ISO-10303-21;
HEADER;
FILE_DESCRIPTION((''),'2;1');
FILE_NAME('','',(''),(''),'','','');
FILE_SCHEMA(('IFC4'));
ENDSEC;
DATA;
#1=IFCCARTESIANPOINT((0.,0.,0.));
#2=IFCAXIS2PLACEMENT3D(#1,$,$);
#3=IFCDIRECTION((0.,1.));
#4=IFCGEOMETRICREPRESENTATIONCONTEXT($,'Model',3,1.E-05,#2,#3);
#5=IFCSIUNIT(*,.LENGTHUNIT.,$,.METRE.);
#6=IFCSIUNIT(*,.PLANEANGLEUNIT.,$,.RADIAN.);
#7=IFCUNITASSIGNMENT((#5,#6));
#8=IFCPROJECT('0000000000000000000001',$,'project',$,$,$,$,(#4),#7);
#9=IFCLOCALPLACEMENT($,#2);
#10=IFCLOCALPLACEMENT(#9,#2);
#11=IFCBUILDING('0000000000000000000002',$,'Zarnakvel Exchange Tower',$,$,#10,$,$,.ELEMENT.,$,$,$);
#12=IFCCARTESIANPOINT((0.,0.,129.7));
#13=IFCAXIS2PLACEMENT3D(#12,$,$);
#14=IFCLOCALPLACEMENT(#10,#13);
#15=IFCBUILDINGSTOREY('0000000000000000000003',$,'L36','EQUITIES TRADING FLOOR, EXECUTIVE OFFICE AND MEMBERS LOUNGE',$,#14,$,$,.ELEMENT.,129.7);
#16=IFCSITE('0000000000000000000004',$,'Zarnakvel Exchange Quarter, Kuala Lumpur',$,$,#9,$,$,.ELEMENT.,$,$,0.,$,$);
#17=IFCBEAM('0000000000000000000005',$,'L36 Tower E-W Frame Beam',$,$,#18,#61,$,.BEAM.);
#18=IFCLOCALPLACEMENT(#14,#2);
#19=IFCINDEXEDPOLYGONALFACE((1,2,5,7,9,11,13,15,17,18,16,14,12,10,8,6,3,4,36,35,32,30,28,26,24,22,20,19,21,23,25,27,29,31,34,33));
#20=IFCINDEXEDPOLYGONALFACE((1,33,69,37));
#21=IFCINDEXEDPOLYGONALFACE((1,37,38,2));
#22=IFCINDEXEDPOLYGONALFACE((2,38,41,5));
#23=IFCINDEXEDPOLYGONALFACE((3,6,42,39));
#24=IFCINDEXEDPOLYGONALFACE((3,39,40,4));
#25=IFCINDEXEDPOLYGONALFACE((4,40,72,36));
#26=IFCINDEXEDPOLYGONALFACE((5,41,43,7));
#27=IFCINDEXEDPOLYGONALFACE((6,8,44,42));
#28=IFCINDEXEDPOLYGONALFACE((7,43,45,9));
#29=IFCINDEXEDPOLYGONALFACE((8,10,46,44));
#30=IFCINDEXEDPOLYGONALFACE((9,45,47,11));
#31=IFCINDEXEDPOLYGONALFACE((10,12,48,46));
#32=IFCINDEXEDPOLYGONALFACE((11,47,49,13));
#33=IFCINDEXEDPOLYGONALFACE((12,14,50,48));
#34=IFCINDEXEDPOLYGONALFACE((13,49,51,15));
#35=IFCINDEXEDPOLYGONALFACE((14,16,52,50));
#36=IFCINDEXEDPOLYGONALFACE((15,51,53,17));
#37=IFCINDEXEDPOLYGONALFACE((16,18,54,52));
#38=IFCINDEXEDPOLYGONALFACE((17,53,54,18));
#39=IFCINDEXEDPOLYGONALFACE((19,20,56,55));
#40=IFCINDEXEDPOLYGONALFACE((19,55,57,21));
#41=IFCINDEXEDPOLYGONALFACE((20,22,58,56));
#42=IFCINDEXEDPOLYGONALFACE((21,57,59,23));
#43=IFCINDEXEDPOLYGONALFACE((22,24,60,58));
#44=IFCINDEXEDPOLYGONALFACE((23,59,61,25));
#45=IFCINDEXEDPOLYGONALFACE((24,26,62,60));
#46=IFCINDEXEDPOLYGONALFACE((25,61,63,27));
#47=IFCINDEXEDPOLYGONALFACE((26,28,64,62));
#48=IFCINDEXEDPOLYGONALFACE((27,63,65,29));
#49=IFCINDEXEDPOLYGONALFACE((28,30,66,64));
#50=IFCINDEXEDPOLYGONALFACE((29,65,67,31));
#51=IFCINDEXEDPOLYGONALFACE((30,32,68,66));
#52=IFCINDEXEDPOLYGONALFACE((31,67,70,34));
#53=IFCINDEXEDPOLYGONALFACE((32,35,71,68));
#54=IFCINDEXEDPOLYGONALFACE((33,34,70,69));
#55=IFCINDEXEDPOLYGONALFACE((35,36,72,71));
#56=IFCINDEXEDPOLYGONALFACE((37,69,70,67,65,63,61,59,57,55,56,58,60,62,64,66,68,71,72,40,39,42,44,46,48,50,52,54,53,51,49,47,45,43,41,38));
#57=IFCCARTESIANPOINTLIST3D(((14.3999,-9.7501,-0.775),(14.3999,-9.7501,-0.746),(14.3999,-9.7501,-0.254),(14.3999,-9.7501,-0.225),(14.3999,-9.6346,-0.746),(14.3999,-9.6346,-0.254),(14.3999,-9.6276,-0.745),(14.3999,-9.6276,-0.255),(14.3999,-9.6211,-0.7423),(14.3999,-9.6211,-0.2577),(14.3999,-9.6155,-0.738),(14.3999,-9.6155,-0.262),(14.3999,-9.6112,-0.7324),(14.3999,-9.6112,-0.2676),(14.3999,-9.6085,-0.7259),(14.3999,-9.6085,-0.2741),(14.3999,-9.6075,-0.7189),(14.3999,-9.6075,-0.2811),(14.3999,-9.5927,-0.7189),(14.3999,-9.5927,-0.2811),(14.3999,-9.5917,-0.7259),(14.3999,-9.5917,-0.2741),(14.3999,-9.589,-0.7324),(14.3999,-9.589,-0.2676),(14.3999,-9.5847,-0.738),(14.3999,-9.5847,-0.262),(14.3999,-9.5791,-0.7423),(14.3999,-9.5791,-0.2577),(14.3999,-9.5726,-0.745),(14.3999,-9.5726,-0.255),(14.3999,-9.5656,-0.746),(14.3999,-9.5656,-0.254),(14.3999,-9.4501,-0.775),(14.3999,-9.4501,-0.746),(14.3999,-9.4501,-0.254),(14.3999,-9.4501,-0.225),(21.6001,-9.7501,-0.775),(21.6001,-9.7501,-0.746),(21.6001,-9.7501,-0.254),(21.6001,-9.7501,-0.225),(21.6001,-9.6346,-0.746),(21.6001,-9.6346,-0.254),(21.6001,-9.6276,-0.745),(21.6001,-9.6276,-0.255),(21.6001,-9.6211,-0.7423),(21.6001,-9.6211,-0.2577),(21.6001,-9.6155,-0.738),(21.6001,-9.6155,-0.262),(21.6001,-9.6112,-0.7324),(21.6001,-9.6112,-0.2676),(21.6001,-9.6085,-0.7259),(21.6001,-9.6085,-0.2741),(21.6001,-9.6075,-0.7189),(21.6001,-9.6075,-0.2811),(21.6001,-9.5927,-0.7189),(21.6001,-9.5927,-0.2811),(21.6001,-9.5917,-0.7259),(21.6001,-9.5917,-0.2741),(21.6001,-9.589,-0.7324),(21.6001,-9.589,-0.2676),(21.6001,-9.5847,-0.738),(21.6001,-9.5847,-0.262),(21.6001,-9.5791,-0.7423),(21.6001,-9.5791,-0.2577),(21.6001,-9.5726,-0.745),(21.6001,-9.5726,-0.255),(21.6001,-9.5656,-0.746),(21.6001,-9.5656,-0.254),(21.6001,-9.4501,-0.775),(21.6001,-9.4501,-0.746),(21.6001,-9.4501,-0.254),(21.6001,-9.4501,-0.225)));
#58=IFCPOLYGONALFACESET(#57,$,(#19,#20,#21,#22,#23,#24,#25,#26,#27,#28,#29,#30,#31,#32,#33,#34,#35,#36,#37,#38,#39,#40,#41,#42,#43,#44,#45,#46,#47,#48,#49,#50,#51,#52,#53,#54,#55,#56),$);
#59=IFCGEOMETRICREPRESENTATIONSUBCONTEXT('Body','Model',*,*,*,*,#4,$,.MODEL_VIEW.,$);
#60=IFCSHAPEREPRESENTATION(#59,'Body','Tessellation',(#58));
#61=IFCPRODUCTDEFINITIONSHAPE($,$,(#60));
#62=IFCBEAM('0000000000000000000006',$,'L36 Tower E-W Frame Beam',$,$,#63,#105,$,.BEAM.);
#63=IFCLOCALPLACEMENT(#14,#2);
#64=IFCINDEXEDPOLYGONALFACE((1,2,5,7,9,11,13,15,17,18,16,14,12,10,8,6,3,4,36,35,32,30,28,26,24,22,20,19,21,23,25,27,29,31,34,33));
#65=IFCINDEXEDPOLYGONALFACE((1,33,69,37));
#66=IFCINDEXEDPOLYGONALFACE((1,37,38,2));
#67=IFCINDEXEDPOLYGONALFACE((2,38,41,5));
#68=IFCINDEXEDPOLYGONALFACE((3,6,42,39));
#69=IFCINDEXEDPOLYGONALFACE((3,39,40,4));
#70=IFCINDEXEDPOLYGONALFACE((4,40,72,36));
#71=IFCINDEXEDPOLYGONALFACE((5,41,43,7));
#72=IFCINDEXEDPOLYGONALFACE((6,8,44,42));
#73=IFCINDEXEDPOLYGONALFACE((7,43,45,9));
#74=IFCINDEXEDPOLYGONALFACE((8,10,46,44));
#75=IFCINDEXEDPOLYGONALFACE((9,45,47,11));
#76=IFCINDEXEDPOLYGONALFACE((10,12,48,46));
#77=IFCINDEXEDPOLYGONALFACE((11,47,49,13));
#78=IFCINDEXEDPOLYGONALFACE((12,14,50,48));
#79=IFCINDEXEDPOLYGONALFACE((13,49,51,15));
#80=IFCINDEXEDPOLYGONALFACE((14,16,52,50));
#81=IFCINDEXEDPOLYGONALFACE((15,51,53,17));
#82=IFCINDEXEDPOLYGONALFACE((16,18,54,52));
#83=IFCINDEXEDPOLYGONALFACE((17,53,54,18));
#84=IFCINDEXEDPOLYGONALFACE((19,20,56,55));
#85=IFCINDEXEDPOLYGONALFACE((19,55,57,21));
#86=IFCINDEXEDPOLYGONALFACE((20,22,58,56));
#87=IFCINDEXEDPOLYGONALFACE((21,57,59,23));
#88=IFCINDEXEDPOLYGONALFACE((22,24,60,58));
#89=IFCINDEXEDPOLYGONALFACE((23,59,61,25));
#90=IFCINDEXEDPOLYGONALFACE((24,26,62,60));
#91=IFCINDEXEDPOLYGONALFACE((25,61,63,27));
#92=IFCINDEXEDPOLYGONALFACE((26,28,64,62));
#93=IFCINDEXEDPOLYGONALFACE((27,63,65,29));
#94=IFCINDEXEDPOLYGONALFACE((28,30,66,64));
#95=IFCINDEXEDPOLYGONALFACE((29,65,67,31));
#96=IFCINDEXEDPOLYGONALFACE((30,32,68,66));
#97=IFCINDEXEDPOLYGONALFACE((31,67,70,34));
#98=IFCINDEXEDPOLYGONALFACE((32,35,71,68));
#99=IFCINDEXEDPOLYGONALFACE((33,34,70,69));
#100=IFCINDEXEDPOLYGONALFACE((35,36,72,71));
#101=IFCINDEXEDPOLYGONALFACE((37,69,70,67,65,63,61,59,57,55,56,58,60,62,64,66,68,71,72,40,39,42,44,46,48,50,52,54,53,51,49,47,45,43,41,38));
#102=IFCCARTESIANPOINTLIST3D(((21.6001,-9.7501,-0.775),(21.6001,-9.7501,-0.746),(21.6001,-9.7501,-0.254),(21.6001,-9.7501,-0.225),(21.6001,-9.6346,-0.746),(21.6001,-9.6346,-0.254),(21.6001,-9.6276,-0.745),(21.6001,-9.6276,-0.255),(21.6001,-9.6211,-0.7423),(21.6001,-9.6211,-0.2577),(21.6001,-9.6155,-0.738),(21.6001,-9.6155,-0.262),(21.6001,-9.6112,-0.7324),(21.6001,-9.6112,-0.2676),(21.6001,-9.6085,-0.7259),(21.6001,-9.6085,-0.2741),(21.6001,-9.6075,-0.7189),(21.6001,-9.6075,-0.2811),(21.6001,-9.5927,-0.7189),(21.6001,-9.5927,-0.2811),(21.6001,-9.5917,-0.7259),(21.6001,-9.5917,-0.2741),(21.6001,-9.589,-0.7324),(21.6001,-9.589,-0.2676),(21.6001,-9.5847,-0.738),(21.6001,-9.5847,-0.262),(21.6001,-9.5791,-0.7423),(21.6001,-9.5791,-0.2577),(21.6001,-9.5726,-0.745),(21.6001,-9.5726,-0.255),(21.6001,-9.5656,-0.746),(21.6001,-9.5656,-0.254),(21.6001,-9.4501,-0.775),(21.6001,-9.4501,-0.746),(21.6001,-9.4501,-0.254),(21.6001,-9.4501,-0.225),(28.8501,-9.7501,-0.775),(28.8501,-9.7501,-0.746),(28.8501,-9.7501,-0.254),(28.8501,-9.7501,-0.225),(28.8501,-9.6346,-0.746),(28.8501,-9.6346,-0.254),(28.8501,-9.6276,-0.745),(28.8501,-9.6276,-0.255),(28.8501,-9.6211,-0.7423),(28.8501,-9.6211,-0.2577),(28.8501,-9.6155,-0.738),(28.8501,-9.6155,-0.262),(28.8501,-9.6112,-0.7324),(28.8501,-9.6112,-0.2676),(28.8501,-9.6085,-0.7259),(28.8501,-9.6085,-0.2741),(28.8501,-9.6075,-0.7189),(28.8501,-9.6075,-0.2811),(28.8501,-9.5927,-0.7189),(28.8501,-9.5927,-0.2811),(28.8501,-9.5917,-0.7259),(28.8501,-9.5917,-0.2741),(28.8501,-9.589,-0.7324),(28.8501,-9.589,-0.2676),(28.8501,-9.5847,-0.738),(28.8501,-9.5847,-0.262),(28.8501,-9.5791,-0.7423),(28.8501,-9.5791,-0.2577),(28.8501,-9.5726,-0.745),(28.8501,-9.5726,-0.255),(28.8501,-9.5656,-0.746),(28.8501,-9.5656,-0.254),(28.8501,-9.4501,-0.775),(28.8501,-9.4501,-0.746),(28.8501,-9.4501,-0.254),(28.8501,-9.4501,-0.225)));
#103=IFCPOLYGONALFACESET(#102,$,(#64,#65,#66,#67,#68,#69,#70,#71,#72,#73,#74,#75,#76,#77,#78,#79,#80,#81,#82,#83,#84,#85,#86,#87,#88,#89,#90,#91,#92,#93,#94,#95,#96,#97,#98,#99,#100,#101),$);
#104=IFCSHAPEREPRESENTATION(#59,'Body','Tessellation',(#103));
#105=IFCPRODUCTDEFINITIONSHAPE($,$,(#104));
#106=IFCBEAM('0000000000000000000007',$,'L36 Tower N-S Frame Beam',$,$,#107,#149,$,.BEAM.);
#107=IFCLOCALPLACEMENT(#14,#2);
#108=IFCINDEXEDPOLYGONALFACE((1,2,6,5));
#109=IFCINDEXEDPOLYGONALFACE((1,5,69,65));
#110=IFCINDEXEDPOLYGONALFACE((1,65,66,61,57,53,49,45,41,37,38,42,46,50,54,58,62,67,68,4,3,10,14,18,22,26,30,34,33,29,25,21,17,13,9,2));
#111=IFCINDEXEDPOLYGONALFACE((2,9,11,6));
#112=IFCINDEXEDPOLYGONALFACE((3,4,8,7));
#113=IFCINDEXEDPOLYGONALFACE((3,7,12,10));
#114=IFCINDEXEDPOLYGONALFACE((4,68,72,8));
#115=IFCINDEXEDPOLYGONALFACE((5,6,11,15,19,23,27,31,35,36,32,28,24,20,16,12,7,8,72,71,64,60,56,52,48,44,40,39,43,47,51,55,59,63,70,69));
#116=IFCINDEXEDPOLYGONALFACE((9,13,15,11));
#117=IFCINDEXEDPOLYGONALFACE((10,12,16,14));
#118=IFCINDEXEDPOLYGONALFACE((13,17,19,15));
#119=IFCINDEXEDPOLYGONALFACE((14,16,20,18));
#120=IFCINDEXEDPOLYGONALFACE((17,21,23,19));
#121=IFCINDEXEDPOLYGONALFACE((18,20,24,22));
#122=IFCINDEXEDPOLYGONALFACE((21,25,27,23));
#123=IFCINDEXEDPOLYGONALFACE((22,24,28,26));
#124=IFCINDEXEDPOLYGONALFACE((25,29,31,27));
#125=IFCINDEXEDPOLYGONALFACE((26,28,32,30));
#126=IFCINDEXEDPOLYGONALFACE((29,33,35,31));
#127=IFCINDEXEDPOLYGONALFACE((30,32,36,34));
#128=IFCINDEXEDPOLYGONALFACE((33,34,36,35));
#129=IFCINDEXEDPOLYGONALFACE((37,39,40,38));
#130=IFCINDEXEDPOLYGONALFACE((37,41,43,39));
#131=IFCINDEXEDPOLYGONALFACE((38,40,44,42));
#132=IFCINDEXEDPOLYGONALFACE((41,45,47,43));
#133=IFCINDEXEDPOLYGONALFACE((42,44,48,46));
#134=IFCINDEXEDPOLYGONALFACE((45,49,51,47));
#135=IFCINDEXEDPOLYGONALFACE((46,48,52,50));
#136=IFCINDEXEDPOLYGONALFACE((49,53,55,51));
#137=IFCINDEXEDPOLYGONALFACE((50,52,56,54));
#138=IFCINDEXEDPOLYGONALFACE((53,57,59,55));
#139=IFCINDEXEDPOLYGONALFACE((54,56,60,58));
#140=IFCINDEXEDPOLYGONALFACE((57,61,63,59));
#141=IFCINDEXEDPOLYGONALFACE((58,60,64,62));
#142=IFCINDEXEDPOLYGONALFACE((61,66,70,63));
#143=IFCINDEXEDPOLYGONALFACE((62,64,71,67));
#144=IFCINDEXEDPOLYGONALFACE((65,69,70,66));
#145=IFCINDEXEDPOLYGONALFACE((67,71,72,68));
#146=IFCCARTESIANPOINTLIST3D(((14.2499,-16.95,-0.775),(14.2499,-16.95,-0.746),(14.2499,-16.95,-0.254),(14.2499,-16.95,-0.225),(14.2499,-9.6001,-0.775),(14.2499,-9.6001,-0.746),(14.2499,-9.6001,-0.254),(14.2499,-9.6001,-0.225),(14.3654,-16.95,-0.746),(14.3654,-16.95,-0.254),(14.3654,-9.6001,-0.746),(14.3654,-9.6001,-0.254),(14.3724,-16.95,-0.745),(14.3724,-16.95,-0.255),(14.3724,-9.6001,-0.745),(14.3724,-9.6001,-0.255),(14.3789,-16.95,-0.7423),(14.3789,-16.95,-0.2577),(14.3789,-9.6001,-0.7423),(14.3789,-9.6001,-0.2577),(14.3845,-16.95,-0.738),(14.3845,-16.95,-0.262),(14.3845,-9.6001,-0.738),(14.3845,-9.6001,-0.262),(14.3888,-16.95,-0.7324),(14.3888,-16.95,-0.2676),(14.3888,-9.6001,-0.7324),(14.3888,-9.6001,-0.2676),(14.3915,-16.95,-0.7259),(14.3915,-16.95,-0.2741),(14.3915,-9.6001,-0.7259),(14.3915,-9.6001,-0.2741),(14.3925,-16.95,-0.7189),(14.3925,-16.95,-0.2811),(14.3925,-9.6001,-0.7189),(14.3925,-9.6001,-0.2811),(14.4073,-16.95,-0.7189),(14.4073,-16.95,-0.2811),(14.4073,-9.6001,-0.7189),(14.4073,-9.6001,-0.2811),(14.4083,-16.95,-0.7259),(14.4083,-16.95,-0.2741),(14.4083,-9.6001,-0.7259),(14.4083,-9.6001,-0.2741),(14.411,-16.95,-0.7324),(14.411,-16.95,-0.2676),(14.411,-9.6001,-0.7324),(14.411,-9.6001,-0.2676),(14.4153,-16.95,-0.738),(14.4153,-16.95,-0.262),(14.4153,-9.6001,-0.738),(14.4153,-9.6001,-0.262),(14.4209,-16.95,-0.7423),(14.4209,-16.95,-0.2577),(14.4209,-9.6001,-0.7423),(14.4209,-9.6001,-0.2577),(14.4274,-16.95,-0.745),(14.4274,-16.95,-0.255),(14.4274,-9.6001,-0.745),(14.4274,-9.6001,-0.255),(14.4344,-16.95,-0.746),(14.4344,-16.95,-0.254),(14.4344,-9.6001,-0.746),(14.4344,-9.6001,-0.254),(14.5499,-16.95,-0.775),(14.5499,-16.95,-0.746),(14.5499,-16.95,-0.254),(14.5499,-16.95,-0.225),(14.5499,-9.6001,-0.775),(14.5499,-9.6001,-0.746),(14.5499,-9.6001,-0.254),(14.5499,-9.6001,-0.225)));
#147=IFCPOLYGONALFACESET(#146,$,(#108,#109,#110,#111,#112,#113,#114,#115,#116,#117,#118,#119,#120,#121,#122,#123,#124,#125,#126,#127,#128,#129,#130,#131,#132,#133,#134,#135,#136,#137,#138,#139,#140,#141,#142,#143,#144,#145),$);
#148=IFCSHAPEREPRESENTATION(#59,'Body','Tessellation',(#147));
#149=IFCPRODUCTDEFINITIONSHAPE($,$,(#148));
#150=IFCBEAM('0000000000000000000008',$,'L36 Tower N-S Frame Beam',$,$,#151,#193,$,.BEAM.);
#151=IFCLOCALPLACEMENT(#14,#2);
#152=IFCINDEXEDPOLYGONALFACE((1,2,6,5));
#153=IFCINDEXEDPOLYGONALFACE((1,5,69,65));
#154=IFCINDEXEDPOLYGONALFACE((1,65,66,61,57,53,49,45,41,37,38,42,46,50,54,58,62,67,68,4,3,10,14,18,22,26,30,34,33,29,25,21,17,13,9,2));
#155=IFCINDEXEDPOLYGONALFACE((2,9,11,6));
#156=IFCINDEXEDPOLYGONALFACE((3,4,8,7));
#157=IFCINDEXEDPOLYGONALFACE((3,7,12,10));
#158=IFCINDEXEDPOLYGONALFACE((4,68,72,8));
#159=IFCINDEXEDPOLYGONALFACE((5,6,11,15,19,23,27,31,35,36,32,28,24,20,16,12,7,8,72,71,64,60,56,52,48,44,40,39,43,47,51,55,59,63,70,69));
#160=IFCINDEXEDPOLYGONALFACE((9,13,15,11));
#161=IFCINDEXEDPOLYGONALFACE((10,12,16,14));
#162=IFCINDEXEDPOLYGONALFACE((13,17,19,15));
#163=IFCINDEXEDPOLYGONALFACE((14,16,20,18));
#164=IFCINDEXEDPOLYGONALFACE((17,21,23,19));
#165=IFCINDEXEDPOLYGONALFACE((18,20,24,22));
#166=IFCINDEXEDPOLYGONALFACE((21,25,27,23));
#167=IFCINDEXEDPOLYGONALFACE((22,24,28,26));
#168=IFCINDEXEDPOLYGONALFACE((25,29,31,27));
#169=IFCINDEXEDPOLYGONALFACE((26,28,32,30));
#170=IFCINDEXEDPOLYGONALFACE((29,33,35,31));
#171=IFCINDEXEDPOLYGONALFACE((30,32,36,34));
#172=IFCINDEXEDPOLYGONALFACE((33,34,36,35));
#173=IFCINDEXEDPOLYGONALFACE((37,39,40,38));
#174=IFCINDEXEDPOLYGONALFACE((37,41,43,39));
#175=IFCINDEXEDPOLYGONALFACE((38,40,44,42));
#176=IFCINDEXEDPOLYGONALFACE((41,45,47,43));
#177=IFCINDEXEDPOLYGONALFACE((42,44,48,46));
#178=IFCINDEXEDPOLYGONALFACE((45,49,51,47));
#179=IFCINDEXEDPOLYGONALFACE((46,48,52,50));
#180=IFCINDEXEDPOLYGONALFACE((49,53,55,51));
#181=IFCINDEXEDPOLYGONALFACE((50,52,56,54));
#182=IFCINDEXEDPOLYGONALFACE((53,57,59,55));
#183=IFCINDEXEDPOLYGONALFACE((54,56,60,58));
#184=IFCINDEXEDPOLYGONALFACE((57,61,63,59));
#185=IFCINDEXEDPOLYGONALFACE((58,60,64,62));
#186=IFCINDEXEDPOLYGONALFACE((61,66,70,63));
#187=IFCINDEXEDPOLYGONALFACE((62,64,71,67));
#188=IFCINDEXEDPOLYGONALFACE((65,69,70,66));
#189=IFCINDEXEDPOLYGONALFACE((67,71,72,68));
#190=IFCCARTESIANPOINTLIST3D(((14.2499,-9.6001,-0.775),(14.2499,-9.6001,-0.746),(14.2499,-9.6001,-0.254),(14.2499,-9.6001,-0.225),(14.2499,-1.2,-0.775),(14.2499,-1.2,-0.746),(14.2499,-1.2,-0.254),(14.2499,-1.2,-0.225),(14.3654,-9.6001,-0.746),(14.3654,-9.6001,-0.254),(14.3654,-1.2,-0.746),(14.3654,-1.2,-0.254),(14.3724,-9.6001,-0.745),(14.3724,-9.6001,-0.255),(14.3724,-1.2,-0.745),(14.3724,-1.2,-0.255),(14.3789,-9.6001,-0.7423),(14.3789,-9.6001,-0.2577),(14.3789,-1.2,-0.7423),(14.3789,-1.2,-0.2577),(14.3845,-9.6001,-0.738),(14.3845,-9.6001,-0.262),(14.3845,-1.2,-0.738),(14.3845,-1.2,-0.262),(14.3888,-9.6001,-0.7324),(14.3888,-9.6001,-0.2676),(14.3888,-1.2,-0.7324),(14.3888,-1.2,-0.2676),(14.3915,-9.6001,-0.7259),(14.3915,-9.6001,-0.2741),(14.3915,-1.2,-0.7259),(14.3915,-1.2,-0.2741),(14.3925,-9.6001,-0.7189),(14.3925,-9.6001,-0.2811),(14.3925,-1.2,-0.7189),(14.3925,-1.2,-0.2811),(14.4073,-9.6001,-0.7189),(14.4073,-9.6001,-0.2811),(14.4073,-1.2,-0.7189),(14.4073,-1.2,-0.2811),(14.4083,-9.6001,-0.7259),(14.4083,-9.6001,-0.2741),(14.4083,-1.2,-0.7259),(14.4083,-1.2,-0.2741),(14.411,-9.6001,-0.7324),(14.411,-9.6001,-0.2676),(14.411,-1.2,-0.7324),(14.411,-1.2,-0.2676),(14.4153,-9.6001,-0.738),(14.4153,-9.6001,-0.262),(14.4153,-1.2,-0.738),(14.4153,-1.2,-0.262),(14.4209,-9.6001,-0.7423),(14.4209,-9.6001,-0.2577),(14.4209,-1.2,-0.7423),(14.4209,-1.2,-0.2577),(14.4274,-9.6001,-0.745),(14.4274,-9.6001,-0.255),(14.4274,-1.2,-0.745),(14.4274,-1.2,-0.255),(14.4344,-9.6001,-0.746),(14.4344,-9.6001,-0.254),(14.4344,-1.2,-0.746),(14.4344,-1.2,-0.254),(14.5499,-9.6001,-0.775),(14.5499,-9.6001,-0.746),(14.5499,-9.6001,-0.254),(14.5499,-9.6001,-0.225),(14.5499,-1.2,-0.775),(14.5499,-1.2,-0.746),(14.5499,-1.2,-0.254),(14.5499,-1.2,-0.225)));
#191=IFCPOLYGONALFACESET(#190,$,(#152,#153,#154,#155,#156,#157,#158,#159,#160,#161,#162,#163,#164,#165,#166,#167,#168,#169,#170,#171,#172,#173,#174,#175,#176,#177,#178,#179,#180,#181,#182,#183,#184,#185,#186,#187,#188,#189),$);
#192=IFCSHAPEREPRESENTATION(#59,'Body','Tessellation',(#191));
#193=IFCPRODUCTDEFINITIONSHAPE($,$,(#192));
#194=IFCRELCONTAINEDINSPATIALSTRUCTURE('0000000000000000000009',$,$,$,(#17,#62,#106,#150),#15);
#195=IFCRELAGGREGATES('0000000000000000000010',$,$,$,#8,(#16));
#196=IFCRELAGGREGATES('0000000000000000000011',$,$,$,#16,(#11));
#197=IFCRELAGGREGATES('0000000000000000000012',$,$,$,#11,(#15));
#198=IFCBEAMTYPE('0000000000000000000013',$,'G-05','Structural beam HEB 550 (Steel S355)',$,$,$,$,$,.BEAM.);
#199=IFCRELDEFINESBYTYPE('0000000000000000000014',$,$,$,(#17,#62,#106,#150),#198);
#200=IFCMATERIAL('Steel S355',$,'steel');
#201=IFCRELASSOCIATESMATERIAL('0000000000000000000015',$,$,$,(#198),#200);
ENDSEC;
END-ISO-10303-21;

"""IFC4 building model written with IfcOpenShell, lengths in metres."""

from ifc_helpers import new_model, si_unit, direction, frame, origin, origin_2d, place, context, subcontext, project, spatial, i_section, extrude, material, material_profile, profile_set, type_object, element, save


model = new_model("IFC4")

# Units and contexts
model_context = context("Model", 3, precision=1e-05, world=origin(), true_north=direction((0.0, 1.0)))
body_context = subcontext(model_context, "Body", "Model", "MODEL_VIEW")
ifc_project = project(units=[si_unit("LENGTHUNIT", "METRE"), si_unit("PLANEANGLEUNIT", "RADIAN")], contexts=[model_context])

# Site, building, storey
site_placement = place(None, origin())
site = spatial("IfcSite", under=ifc_project, at=site_placement, Name="Zarnakvel Exchange Quarter, Kuala Lumpur", CompositionType="ELEMENT", RefElevation=0.0)
building_placement = place(site_placement, origin())
building = spatial("IfcBuilding", under=site, at=building_placement, Name="Zarnakvel Exchange Tower", CompositionType="ELEMENT")
storey_placement = place(building_placement, frame((0.0, 0.0, 129.7)))
storey = spatial("IfcBuildingStorey", under=building, at=storey_placement, Name="L36", Description="EQUITIES TRADING FLOOR, EXECUTIVE OFFICE AND MEMBERS LOUNGE", CompositionType="ELEMENT", Elevation=129.7)

# Shared definitions
ifc_material_1 = material(Name="Steel S355", Category="steel")

# Beams
ifc_material_profile_1 = material_profile(ifc_material_1, i_section(OverallWidth=0.3, OverallDepth=0.55, WebThickness=0.0149, FlangeThickness=0.0291, FilletRadius=0.0271, at=origin_2d()))
ifc_profile_set_1 = profile_set([ifc_material_profile_1], Name="Steel S355")
beam_type_1 = type_object("IfcBeamType", Name="G-05", Description="Structural beam HEB 550 (Steel S355)", PredefinedType="BEAM", material=ifc_profile_set_1)
beam_1_placement = place(storey_placement, frame((14.3999, -9.6001, -0.5), z_axis=(1.0, 0.0, 0.0), x_axis=(0.0, 1.0, 0.0)))
element("IfcBeam", 1, at=beam_1_placement, inside=storey, type_object=beam_type_1, Name="L36 Tower E-W Frame Beam", PredefinedType="BEAM", context=body_context, shape_type="SweptSolid", body=[
    extrude(i_section(OverallWidth=0.3, OverallDepth=0.55, WebThickness=0.0149, FlangeThickness=0.0291, FilletRadius=0.0271, at=origin_2d()), origin(), (0.0, 0.0, 1.0), 7.2002),
])
beam_2_placement = place(storey_placement, frame((21.6001, -9.6001, -0.5), z_axis=(1.0, 0.0, 0.0), x_axis=(0.0, 1.0, 0.0)))
element("IfcBeam", 2, at=beam_2_placement, inside=storey, type_object=beam_type_1, Name="L36 Tower E-W Frame Beam", PredefinedType="BEAM", context=body_context, shape_type="SweptSolid", body=[
    extrude(i_section(OverallWidth=0.3, OverallDepth=0.55, WebThickness=0.0149, FlangeThickness=0.0291, FilletRadius=0.0271, at=origin_2d()), origin(), (0.0, 0.0, 1.0), 7.25),
])
beam_3_placement = place(storey_placement, frame((14.3999, -16.95, -0.5), z_axis=(0.0, 1.0, 0.0), x_axis=(-1.0, 0.0, 0.0)))
element("IfcBeam", 3, at=beam_3_placement, inside=storey, type_object=beam_type_1, Name="L36 Tower N-S Frame Beam", PredefinedType="BEAM", context=body_context, shape_type="SweptSolid", body=[
    extrude(i_section(OverallWidth=0.3, OverallDepth=0.55, WebThickness=0.0149, FlangeThickness=0.0291, FilletRadius=0.0271, at=origin_2d()), origin(), (0.0, 0.0, 1.0), 7.3499),
])
beam_4_placement = place(storey_placement, frame((14.3999, -9.6001, -0.5), z_axis=(0.0, 1.0, 0.0), x_axis=(-1.0, 0.0, 0.0)))
element("IfcBeam", 4, at=beam_4_placement, inside=storey, type_object=beam_type_1, Name="L36 Tower N-S Frame Beam", PredefinedType="BEAM", context=body_context, shape_type="SweptSolid", body=[
    extrude(i_section(OverallWidth=0.3, OverallDepth=0.55, WebThickness=0.0149, FlangeThickness=0.0291, FilletRadius=0.0271, at=origin_2d()), origin(), (0.0, 0.0, 1.0), 8.4001),
])

save(model, "model.ifc")
